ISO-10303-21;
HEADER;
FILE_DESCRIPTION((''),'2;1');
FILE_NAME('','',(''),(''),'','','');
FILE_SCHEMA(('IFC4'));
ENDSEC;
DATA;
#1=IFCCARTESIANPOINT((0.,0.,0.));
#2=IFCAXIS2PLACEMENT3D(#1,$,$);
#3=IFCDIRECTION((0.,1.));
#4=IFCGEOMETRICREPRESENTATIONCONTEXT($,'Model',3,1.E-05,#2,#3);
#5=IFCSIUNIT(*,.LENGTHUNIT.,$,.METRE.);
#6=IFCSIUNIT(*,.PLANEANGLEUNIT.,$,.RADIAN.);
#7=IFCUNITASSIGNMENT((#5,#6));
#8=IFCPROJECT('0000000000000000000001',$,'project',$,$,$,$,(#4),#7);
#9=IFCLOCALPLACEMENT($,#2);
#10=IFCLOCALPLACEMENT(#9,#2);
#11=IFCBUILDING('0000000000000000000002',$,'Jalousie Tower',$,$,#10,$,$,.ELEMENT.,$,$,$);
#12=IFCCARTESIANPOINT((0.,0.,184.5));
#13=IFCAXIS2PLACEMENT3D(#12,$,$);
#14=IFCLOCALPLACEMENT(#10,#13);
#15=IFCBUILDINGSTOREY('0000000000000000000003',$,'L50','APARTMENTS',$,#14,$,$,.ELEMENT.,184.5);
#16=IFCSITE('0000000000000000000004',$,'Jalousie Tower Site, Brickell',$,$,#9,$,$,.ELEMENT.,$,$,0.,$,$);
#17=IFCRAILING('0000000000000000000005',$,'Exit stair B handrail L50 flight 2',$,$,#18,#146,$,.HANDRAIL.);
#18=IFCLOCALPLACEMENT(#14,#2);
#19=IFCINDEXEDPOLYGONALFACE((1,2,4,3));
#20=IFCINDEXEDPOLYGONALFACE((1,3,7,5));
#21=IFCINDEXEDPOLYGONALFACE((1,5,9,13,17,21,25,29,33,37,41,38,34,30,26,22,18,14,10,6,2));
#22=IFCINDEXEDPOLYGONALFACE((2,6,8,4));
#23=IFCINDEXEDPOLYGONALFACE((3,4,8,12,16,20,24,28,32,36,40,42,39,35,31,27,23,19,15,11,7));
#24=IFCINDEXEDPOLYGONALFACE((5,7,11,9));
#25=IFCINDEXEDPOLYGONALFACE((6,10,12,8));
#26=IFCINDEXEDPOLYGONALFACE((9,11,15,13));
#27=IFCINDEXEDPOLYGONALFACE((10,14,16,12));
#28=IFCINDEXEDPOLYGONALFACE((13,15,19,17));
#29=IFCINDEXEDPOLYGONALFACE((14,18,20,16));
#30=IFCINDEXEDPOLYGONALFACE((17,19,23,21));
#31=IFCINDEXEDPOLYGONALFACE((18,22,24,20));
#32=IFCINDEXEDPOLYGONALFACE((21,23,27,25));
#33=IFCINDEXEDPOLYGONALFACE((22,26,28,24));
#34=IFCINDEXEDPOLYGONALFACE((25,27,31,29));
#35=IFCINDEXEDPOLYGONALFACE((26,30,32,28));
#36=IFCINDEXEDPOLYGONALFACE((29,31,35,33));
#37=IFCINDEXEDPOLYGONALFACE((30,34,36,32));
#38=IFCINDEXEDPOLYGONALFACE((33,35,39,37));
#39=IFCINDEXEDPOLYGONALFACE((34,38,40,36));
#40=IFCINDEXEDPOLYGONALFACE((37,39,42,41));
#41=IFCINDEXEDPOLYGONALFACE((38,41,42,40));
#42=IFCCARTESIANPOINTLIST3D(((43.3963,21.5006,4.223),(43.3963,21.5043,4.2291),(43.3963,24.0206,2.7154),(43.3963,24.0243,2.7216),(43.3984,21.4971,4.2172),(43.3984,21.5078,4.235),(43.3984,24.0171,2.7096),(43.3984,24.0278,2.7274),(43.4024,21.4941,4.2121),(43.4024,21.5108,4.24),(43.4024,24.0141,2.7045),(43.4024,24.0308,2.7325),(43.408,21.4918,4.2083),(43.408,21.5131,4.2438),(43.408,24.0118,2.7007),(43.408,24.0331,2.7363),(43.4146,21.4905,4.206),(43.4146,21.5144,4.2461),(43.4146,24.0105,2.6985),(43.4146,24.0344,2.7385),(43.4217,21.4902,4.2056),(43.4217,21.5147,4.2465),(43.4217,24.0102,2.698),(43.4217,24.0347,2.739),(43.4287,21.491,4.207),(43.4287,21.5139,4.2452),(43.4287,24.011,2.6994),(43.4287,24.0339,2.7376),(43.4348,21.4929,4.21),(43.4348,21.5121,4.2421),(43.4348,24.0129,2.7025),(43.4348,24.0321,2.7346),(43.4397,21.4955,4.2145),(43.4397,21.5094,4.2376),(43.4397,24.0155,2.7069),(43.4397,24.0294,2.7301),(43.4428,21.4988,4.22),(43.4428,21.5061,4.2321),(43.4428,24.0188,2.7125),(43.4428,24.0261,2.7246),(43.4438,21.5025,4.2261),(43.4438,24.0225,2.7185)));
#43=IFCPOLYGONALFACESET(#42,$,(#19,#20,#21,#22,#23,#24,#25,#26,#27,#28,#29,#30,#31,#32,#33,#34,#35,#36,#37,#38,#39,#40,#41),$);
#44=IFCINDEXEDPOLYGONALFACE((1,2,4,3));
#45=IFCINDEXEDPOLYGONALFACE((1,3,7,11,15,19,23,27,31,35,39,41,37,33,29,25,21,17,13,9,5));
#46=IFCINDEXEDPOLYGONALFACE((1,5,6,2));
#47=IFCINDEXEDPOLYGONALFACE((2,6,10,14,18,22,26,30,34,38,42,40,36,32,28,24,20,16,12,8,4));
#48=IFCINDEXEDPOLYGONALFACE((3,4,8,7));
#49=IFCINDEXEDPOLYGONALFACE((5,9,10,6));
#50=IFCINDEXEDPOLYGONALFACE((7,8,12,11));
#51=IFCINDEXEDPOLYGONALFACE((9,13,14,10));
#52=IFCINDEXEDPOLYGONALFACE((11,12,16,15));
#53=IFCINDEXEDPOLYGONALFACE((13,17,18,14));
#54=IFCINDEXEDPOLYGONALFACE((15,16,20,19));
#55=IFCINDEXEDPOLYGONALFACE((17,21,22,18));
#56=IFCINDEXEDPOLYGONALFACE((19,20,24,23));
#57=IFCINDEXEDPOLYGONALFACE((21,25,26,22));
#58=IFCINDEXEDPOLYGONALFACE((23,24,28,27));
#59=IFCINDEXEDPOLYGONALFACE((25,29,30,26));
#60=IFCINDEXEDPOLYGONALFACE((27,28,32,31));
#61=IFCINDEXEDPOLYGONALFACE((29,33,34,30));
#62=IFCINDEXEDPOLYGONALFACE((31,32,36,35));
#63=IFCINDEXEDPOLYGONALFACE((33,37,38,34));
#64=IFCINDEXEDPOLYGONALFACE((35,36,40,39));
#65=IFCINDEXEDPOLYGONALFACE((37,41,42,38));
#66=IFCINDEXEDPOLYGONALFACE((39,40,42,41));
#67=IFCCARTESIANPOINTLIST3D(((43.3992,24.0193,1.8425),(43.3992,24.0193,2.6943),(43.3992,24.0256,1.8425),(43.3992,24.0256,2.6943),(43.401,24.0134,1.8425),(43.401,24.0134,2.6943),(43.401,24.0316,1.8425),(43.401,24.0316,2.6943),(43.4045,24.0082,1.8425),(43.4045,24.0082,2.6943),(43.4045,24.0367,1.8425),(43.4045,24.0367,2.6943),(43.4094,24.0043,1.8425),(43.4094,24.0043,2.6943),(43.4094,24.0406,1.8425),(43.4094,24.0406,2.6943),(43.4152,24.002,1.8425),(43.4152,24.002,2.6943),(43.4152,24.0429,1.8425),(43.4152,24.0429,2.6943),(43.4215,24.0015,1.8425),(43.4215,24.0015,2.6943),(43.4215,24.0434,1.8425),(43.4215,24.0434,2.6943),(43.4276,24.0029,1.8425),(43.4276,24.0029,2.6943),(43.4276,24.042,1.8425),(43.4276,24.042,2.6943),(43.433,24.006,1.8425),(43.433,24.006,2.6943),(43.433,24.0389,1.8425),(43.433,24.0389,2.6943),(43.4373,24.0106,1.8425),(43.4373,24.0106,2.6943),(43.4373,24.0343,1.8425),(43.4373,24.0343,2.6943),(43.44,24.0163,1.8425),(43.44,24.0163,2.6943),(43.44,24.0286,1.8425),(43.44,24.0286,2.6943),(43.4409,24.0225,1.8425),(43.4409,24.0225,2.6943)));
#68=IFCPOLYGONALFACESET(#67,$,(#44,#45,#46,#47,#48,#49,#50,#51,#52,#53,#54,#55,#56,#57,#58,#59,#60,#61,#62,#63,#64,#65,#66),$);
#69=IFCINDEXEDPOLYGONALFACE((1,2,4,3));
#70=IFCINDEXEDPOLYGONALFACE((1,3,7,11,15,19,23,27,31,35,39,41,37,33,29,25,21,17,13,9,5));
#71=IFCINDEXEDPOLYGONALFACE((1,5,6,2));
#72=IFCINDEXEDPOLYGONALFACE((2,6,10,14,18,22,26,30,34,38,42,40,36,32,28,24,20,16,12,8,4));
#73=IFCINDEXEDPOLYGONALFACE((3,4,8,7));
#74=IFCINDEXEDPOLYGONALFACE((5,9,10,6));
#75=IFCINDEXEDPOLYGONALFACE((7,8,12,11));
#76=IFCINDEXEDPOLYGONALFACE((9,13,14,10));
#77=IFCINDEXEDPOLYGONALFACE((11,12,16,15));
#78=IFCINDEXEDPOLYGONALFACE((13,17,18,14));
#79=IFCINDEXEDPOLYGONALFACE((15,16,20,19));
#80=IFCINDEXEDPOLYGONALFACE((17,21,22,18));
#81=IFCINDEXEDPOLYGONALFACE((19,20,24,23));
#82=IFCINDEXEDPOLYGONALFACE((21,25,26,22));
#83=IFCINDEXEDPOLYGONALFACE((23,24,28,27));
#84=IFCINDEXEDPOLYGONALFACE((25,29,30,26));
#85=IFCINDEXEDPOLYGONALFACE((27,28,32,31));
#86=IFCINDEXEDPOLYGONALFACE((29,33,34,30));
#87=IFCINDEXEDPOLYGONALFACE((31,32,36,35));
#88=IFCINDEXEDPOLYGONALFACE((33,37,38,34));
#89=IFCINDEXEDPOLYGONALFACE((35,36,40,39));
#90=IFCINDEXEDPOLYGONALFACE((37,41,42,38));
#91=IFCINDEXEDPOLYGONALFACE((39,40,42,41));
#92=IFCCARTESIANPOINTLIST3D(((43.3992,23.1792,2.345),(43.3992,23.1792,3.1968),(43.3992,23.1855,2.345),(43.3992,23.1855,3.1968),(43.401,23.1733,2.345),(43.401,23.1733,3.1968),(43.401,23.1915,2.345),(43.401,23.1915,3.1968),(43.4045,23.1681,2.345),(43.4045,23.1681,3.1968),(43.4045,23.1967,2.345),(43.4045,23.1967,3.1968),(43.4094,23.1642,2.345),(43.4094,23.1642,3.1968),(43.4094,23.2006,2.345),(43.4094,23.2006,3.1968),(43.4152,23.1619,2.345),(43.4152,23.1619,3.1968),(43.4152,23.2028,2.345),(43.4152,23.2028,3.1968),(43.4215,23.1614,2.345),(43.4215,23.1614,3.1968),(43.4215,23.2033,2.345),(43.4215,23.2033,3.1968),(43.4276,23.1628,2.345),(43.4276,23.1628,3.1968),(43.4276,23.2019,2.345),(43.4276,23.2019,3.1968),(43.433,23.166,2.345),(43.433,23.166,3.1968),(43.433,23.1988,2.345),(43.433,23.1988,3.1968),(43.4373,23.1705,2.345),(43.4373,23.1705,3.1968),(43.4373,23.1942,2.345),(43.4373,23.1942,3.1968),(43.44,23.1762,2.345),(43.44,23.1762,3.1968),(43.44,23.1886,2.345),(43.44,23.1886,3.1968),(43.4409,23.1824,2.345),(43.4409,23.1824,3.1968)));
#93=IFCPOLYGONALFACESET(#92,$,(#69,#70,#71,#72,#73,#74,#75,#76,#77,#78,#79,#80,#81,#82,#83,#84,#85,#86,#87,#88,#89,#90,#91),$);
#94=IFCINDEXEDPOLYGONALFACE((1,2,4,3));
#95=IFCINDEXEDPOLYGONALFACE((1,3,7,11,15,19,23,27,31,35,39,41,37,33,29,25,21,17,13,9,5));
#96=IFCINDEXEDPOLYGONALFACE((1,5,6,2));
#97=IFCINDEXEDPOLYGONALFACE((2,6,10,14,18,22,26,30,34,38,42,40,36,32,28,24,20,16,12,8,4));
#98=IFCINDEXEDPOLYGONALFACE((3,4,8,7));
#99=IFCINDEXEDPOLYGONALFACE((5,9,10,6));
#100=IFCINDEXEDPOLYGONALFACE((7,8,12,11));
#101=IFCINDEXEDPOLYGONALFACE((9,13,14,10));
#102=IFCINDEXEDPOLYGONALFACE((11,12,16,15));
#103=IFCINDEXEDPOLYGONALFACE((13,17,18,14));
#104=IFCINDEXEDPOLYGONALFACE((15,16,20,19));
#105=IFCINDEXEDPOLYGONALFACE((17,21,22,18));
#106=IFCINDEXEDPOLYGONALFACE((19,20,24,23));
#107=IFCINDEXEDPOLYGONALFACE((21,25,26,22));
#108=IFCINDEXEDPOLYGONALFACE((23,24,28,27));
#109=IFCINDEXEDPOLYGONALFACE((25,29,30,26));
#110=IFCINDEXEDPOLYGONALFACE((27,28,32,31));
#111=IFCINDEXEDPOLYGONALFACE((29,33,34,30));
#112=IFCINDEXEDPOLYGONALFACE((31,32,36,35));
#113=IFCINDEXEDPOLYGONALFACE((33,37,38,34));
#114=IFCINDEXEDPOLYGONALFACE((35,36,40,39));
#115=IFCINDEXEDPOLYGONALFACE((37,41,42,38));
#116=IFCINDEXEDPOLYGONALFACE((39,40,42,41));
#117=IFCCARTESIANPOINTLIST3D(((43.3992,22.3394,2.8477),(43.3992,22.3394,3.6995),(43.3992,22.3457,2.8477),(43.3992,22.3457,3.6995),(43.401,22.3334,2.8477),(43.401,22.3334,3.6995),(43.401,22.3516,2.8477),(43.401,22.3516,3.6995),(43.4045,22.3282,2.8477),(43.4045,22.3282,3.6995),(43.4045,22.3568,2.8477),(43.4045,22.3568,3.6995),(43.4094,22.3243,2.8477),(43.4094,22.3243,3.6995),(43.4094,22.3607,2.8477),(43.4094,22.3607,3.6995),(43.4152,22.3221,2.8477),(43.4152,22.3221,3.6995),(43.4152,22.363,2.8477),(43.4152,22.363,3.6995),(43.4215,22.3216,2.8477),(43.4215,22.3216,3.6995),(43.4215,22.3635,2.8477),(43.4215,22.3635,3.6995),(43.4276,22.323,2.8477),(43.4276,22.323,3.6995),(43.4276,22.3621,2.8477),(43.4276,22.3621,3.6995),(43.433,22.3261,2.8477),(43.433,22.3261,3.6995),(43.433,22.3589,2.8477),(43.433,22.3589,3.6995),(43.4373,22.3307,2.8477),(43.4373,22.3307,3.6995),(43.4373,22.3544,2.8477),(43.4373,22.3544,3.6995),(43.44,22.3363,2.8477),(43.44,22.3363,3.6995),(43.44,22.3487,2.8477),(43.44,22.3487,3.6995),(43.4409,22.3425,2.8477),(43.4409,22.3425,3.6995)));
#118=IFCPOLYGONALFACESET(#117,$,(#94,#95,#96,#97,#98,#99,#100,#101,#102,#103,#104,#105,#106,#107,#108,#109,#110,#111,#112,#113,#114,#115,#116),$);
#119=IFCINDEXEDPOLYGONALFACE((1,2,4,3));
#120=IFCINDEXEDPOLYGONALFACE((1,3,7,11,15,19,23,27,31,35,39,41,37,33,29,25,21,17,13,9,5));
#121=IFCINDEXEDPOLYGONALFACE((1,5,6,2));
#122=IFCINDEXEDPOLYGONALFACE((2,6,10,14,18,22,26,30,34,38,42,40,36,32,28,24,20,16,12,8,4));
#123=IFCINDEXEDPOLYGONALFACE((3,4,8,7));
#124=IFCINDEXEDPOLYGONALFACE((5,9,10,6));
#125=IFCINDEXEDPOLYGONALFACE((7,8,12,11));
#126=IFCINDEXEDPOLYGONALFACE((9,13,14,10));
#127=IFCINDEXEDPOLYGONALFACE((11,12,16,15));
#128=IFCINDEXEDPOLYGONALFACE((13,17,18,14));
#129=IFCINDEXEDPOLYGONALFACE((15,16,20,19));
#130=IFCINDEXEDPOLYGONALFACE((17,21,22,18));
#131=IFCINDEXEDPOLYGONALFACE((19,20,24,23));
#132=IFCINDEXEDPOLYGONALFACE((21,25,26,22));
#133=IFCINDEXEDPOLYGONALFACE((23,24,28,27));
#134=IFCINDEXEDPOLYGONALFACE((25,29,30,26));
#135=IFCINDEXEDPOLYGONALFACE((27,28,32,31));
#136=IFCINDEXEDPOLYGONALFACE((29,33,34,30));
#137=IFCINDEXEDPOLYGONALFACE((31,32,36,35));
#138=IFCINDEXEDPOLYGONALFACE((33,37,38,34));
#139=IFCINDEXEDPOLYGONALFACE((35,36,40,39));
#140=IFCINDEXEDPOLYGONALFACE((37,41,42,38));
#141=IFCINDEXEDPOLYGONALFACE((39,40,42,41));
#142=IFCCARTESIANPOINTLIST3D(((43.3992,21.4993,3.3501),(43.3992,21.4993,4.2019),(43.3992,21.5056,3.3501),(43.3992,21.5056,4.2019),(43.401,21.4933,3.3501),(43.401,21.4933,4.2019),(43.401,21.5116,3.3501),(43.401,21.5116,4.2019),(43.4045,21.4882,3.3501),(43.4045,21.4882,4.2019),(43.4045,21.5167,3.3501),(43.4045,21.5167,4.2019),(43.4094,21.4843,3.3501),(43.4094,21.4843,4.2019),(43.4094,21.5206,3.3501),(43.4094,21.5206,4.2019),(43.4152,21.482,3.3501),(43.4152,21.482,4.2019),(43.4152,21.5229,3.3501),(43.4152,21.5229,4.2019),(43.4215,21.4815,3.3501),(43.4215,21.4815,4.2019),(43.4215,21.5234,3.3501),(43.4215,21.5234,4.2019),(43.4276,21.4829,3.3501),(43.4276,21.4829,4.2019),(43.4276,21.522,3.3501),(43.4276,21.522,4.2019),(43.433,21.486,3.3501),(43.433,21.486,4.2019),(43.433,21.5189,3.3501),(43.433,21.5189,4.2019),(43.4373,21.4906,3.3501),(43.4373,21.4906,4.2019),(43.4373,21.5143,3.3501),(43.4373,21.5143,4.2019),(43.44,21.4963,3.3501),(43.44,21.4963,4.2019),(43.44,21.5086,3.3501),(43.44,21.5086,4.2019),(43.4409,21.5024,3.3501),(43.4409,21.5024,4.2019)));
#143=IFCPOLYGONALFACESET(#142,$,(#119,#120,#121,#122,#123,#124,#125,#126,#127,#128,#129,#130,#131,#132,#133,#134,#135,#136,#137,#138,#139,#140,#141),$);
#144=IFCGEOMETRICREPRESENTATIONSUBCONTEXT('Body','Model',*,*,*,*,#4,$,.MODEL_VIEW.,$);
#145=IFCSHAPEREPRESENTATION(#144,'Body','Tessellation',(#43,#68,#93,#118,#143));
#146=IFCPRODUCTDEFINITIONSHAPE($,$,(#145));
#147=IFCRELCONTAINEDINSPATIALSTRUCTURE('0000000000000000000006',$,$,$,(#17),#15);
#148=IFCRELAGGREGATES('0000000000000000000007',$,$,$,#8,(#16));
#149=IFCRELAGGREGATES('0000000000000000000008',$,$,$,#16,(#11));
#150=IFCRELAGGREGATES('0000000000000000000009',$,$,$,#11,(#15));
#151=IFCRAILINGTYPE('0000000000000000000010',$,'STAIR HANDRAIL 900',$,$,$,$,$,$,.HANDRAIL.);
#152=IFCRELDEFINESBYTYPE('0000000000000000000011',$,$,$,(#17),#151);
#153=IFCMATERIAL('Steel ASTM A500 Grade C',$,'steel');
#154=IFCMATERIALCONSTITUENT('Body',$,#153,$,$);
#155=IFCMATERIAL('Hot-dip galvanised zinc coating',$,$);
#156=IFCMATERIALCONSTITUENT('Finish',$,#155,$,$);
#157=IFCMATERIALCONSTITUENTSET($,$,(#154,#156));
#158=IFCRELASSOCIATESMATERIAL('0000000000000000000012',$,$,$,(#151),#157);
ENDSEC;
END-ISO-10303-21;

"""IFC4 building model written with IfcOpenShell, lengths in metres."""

from ifc_helpers import new_model, si_unit, direction, frame, origin, origin_2d, place, context, subcontext, project, spatial, circle, extrude, material, constituent, constituent_set, type_object, element, save


model = new_model("IFC4")

# Units and contexts
model_context = context("Model", 3, precision=1e-05, world=origin(), true_north=direction((0.0, 1.0)))
body_context = subcontext(model_context, "Body", "Model", "MODEL_VIEW")
ifc_project = project(units=[si_unit("LENGTHUNIT", "METRE"), si_unit("PLANEANGLEUNIT", "RADIAN")], contexts=[model_context])

# Site, building, storey
site_placement = place(None, origin())
site = spatial("IfcSite", under=ifc_project, at=site_placement, Name="Jalousie Tower Site, Brickell", CompositionType="ELEMENT", RefElevation=0.0)
building_placement = place(site_placement, origin())
building = spatial("IfcBuilding", under=site, at=building_placement, Name="Jalousie Tower", CompositionType="ELEMENT")
storey_placement = place(building_placement, frame((0.0, 0.0, 184.5)))
storey = spatial("IfcBuildingStorey", under=building, at=storey_placement, Name="L50", Description="APARTMENTS", CompositionType="ELEMENT", Elevation=184.5)

# Railing
ifc_material_1 = material(Name="Steel ASTM A500 Grade C", Category="steel")
ifc_constituent_1 = constituent(ifc_material_1, Name="Body")
ifc_material_2 = material(Name="Hot-dip galvanised zinc coating")
ifc_constituent_2 = constituent(ifc_material_2, Name="Finish")
ifc_constituent_set_1 = constituent_set(constituents=[ifc_constituent_1, ifc_constituent_2])
railing_type_1 = type_object("IfcRailingType", Name="STAIR HANDRAIL 900", PredefinedType="HANDRAIL", material=ifc_constituent_set_1)
railing_1_placement = place(storey_placement, frame((43.4199, 24.0225, 1.8425)))
element("IfcRailing", 1, at=railing_1_placement, inside=storey, type_object=railing_type_1, Name="Exit stair B handrail L50 flight 2", PredefinedType="HANDRAIL", context=body_context, shape_type="SweptSolid", body=[
    extrude(circle(Radius=0.0239, at=origin_2d()), frame((0.0, 0.0, 0.876), z_axis=(0.0, -0.85816, 0.513383), x_axis=(1.0, 0.0, 0.0)), (0.0, 0.0, 1.0), 2.9365),
    extrude(circle(Radius=0.021, at=origin_2d()), origin(), (0.0, 0.0, 1.0), 0.8518),
    extrude(circle(Radius=0.021, at=origin_2d()), frame((0.0, -0.8401, 0.5024)), (0.0, 0.0, 1.0), 0.8518),
    extrude(circle(Radius=0.021, at=origin_2d()), frame((0.0, -1.6799, 1.0051)), (0.0, 0.0, 1.0), 0.8518),
    extrude(circle(Radius=0.021, at=origin_2d()), frame((0.0, -2.52, 1.5076)), (0.0, 0.0, 1.0), 0.8518),
])

save(model, "model.ifc")
